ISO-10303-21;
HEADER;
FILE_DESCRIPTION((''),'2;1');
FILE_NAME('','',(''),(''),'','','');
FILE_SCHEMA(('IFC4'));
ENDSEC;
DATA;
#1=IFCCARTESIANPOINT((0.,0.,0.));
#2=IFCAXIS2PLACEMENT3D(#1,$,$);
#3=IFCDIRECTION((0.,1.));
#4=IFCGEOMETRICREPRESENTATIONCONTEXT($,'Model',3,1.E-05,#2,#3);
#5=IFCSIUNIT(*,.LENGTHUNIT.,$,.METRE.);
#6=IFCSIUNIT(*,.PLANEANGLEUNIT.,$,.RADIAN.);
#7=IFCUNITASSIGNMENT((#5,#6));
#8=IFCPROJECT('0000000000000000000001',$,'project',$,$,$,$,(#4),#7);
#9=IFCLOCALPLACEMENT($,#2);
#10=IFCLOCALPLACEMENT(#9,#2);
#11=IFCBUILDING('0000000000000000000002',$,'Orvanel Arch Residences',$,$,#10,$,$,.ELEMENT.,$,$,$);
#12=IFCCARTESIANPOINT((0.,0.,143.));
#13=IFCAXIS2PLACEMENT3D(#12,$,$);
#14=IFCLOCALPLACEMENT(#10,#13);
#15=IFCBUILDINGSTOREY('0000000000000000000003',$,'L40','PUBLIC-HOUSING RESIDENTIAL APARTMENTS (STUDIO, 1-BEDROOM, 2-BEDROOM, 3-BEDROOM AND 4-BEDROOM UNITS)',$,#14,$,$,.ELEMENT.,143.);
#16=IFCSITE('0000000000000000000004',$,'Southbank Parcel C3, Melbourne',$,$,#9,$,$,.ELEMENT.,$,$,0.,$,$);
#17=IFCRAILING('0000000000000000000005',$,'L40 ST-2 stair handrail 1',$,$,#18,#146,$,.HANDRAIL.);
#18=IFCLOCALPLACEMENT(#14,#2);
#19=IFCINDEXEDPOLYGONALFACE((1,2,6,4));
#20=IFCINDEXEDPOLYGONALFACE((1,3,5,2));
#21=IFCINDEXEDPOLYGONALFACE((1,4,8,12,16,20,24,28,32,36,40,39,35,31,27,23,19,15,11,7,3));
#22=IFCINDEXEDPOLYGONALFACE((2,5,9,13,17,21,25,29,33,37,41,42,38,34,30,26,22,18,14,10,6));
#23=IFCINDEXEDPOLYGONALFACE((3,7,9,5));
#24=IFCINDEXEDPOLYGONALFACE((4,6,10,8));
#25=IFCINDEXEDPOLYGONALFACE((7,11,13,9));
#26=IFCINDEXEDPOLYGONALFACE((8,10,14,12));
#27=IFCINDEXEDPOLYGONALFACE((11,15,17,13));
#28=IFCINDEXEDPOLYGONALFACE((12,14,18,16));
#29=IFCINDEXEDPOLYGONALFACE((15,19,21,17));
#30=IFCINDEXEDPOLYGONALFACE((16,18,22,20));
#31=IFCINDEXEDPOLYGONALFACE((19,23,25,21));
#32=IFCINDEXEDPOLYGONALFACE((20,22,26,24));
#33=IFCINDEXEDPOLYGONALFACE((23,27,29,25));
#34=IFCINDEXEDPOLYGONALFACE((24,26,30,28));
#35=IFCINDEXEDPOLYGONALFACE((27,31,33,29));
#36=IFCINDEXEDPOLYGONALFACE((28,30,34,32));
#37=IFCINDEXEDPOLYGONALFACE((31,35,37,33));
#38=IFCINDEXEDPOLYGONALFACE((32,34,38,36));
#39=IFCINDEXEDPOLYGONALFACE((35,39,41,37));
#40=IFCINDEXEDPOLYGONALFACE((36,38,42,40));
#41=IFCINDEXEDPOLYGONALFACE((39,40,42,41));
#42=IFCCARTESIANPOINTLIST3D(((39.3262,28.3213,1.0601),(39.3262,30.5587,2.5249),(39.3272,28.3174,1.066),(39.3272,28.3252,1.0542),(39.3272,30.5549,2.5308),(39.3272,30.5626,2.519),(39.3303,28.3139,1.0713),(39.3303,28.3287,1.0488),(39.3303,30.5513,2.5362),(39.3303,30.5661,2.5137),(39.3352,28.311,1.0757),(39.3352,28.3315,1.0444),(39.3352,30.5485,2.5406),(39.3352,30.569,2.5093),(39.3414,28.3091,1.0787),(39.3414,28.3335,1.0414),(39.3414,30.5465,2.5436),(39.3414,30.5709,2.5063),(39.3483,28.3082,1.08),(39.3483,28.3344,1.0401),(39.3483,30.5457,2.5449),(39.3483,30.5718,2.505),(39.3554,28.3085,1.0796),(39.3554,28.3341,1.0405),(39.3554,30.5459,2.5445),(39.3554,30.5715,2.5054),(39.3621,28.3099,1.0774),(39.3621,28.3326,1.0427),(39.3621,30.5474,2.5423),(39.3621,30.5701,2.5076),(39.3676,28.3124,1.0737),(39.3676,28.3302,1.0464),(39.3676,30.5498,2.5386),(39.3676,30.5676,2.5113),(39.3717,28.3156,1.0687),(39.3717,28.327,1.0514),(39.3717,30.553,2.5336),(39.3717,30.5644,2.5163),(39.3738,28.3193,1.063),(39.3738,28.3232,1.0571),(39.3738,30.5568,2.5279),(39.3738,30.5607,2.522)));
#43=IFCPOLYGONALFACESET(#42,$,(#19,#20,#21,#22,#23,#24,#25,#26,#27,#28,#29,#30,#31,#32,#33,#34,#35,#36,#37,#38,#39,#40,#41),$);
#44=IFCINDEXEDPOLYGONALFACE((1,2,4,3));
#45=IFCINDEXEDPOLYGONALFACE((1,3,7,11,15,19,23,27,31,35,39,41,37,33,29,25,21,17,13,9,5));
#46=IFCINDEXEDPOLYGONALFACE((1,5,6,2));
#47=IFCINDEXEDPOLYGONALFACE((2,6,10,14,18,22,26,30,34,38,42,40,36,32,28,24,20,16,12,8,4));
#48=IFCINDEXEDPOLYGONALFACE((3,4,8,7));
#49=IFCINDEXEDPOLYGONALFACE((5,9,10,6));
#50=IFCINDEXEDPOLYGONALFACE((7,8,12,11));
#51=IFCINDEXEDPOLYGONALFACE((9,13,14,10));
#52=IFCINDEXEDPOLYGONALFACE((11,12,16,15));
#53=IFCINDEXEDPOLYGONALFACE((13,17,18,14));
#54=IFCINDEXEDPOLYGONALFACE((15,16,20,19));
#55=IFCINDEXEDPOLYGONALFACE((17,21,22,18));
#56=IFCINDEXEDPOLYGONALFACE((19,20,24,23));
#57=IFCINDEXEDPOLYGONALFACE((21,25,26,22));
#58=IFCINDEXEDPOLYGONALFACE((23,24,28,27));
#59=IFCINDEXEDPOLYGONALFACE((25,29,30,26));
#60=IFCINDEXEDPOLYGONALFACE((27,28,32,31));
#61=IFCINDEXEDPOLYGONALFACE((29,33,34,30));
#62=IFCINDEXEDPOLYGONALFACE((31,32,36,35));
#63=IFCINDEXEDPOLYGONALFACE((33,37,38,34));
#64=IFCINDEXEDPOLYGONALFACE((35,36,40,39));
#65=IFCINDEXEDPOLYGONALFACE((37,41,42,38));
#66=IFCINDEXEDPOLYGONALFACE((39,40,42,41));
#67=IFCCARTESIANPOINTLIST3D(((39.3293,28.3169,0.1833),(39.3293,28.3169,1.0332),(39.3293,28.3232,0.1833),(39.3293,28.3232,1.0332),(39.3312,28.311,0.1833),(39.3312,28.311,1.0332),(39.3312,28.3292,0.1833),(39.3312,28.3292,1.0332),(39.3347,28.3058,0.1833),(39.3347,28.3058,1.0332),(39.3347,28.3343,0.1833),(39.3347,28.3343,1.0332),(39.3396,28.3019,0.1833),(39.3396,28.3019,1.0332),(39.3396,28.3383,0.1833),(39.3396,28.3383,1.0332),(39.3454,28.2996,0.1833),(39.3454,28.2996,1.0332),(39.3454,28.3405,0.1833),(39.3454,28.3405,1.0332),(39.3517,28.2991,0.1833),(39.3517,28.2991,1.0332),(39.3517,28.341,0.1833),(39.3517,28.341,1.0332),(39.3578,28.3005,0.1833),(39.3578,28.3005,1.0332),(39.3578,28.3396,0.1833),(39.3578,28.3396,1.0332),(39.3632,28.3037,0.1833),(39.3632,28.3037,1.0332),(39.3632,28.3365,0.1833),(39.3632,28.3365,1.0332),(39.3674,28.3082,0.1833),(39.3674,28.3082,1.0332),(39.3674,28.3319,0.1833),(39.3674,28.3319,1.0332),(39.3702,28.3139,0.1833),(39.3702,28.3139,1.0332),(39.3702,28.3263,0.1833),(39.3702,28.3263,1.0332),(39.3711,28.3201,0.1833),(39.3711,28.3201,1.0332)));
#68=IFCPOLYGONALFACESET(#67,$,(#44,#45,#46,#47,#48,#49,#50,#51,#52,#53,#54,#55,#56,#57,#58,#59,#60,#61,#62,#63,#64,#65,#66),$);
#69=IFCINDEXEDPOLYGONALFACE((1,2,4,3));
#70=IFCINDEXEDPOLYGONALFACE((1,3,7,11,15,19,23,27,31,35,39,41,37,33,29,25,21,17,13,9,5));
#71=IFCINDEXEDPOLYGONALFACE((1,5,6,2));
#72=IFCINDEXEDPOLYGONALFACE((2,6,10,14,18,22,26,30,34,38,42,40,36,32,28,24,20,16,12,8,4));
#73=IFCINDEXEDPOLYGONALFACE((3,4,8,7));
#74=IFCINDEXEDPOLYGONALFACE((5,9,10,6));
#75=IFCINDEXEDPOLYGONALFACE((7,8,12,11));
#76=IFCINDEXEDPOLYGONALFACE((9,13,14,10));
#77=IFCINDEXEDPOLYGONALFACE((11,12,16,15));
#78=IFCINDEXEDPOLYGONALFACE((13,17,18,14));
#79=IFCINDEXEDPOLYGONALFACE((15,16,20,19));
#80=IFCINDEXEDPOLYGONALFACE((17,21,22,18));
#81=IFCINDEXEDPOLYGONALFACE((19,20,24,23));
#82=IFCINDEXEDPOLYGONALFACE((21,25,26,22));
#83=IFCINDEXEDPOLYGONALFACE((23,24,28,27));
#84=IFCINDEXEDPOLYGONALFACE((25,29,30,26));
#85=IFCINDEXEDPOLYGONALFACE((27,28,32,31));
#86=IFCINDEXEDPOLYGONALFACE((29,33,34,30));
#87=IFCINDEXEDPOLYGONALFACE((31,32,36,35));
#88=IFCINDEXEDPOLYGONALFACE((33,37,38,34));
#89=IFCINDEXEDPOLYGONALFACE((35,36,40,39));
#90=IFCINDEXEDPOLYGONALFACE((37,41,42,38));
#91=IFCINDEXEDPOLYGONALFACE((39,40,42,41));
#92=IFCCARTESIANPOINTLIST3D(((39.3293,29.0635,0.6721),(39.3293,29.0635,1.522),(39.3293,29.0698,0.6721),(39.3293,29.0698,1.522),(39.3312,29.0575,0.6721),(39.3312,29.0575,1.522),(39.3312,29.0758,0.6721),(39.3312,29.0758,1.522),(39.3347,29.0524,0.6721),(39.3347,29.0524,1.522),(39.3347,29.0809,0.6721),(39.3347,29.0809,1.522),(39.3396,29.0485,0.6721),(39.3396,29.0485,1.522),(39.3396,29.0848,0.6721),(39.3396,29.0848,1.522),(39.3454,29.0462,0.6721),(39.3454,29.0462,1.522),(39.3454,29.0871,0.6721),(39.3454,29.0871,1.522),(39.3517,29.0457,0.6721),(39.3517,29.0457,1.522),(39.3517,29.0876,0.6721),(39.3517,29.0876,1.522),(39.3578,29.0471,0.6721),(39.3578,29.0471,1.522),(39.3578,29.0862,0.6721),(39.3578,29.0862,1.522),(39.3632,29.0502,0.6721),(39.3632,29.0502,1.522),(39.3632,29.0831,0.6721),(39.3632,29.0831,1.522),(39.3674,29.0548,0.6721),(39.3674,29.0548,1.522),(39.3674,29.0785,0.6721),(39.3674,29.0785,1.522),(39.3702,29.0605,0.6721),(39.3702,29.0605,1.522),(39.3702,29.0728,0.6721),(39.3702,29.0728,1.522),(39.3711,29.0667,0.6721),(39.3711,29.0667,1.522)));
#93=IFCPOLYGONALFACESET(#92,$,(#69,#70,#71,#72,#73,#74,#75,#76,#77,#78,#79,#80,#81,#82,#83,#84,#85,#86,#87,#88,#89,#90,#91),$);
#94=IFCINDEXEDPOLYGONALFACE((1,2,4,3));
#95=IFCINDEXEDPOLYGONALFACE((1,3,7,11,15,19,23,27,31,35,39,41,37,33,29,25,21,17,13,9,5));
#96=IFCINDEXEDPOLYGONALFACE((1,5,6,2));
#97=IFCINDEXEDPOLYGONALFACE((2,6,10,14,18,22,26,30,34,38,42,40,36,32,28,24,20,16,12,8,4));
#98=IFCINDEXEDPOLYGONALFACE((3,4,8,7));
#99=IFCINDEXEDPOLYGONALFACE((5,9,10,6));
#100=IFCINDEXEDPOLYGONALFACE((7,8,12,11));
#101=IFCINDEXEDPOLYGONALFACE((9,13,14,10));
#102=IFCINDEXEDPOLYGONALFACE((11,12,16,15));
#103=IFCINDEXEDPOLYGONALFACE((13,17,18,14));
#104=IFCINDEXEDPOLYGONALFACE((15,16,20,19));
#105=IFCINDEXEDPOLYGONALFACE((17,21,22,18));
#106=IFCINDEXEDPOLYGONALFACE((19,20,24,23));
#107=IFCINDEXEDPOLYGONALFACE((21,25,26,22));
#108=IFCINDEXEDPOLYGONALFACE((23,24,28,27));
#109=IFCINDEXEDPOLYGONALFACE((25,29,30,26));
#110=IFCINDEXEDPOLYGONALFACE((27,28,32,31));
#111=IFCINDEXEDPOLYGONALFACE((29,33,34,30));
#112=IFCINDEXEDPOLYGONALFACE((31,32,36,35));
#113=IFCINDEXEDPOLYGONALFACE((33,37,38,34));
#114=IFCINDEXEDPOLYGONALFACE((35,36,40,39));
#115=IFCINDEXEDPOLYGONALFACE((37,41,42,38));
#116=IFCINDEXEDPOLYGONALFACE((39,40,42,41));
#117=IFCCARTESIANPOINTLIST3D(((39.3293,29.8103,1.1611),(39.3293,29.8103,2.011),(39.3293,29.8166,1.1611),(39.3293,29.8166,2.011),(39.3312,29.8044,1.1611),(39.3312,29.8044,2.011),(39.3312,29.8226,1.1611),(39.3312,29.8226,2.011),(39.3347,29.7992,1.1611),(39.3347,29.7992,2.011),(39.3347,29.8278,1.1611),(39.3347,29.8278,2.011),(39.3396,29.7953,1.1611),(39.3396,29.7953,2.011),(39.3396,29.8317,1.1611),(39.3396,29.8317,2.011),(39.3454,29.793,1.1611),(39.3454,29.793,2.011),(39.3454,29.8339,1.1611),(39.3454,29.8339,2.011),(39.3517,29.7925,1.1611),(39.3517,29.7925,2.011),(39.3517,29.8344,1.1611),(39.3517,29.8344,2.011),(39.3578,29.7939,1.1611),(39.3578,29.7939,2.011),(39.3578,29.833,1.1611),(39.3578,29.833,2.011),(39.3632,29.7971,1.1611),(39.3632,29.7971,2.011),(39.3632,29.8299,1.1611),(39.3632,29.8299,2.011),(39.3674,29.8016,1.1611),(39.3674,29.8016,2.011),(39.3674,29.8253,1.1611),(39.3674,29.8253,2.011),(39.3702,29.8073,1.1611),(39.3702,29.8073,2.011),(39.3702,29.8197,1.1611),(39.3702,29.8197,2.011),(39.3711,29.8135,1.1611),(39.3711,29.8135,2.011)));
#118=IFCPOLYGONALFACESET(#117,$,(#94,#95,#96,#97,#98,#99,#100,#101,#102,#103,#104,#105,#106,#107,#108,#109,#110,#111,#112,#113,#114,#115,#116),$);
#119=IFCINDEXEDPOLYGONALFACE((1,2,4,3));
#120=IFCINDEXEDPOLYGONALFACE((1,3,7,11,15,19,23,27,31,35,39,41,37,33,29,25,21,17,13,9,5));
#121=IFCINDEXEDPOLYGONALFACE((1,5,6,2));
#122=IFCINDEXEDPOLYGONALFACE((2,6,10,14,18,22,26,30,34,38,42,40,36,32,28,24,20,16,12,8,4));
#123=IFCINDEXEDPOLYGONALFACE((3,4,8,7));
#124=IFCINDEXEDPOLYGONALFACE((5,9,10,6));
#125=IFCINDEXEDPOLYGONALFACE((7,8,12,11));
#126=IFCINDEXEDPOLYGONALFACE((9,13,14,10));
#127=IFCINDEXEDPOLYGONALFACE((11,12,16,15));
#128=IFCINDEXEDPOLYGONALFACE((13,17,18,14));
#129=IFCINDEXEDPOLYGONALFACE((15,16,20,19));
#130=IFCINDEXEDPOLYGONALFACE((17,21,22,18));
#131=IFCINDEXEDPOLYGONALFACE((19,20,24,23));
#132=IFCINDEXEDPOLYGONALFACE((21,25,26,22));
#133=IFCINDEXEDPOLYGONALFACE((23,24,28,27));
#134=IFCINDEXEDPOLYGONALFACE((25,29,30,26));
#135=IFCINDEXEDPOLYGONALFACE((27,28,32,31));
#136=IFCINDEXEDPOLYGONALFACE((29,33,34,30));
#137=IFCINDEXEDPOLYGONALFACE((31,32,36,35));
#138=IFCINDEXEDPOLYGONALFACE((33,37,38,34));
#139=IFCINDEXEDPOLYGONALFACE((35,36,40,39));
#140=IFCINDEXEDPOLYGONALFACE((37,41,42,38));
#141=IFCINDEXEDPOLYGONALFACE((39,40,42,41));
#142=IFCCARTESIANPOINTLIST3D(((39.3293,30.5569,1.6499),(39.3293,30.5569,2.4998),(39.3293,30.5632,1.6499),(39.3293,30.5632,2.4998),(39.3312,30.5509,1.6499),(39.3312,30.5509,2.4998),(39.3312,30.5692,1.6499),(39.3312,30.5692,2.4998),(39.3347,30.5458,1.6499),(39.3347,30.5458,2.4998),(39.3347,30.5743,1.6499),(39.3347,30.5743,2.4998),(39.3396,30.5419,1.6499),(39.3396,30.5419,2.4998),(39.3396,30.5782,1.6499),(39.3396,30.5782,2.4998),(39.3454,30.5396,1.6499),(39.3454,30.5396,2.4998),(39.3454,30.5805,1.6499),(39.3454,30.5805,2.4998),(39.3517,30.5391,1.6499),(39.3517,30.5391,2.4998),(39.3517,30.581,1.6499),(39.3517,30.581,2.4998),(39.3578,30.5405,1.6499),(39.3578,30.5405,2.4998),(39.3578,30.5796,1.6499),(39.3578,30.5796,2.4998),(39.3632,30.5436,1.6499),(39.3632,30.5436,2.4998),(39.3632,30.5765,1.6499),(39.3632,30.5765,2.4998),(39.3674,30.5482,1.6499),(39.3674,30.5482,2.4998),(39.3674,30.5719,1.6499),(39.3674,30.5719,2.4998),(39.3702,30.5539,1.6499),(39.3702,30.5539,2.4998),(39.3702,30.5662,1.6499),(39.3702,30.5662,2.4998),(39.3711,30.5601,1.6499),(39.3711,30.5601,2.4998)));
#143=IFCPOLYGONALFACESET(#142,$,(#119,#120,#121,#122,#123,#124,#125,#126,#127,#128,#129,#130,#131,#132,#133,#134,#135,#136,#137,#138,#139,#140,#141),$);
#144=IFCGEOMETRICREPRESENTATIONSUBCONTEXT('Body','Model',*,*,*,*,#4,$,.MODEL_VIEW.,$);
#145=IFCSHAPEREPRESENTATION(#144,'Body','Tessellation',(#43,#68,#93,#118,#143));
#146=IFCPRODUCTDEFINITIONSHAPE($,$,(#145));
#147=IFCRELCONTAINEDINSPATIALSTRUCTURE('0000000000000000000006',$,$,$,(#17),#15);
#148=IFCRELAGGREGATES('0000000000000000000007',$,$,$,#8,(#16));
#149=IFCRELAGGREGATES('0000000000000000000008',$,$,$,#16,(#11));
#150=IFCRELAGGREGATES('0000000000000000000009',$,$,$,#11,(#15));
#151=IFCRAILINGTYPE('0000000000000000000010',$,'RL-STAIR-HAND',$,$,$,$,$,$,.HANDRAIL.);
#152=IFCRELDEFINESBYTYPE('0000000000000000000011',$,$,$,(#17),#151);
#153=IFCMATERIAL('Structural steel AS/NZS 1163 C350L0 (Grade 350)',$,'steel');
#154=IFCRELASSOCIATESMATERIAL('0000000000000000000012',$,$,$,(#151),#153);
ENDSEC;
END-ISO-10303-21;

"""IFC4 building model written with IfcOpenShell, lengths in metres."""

from ifc_helpers import new_model, si_unit, direction, frame, origin, origin_2d, place, context, subcontext, project, spatial, circle, extrude, material, type_object, element, save


model = new_model("IFC4")

# Units and contexts
model_context = context("Model", 3, precision=1e-05, world=origin(), true_north=direction((0.0, 1.0)))
body_context = subcontext(model_context, "Body", "Model", "MODEL_VIEW")
ifc_project = project(units=[si_unit("LENGTHUNIT", "METRE"), si_unit("PLANEANGLEUNIT", "RADIAN")], contexts=[model_context])

# Site, building, storey
site_placement = place(None, origin())
site = spatial("IfcSite", under=ifc_project, at=site_placement, Name="Southbank Parcel C3, Melbourne", CompositionType="ELEMENT", RefElevation=0.0)
building_placement = place(site_placement, origin())
building = spatial("IfcBuilding", under=site, at=building_placement, Name="Orvanel Arch Residences", CompositionType="ELEMENT")
storey_placement = place(building_placement, frame((0.0, 0.0, 143.0)))
storey = spatial("IfcBuildingStorey", under=building, at=storey_placement, Name="L40", Description="PUBLIC-HOUSING RESIDENTIAL APARTMENTS (STUDIO, 1-BEDROOM, 2-BEDROOM, 3-BEDROOM AND 4-BEDROOM UNITS)", CompositionType="ELEMENT", Elevation=143.0)

# Railing
ifc_material_1 = material(Name="Structural steel AS/NZS 1163 C350L0 (Grade 350)", Category="steel")
railing_type_1 = type_object("IfcRailingType", Name="RL-STAIR-HAND", PredefinedType="HANDRAIL", material=ifc_material_1)
railing_1_placement = place(storey_placement, frame((39.3501, 28.3201, 0.1833)))
element("IfcRailing", 1, at=railing_1_placement, inside=storey, type_object=railing_type_1, Name="L40 ST-2 stair handrail 1", PredefinedType="HANDRAIL", context=body_context, shape_type="SweptSolid", body=[
    extrude(circle(Radius=0.0239, at=origin_2d()), frame((0.0, 0.0012, 0.8767), z_axis=(0.0, 0.836637, 0.547758), x_axis=(-1.0, 0.0, 0.0)), (0.0, 0.0, 1.0), 2.6743),
    extrude(circle(Radius=0.021, at=origin_2d()), origin(), (0.0, 0.0, 1.0), 0.8499),
    extrude(circle(Radius=0.021, at=origin_2d()), frame((0.0, 0.7466, 0.4888)), (0.0, 0.0, 1.0), 0.8499),
    extrude(circle(Radius=0.021, at=origin_2d()), frame((0.0, 1.4934, 0.9778)), (0.0, 0.0, 1.0), 0.8499),
    extrude(circle(Radius=0.021, at=origin_2d()), frame((0.0, 2.24, 1.4666)), (0.0, 0.0, 1.0), 0.8499),
])

save(model, "model.ifc")
